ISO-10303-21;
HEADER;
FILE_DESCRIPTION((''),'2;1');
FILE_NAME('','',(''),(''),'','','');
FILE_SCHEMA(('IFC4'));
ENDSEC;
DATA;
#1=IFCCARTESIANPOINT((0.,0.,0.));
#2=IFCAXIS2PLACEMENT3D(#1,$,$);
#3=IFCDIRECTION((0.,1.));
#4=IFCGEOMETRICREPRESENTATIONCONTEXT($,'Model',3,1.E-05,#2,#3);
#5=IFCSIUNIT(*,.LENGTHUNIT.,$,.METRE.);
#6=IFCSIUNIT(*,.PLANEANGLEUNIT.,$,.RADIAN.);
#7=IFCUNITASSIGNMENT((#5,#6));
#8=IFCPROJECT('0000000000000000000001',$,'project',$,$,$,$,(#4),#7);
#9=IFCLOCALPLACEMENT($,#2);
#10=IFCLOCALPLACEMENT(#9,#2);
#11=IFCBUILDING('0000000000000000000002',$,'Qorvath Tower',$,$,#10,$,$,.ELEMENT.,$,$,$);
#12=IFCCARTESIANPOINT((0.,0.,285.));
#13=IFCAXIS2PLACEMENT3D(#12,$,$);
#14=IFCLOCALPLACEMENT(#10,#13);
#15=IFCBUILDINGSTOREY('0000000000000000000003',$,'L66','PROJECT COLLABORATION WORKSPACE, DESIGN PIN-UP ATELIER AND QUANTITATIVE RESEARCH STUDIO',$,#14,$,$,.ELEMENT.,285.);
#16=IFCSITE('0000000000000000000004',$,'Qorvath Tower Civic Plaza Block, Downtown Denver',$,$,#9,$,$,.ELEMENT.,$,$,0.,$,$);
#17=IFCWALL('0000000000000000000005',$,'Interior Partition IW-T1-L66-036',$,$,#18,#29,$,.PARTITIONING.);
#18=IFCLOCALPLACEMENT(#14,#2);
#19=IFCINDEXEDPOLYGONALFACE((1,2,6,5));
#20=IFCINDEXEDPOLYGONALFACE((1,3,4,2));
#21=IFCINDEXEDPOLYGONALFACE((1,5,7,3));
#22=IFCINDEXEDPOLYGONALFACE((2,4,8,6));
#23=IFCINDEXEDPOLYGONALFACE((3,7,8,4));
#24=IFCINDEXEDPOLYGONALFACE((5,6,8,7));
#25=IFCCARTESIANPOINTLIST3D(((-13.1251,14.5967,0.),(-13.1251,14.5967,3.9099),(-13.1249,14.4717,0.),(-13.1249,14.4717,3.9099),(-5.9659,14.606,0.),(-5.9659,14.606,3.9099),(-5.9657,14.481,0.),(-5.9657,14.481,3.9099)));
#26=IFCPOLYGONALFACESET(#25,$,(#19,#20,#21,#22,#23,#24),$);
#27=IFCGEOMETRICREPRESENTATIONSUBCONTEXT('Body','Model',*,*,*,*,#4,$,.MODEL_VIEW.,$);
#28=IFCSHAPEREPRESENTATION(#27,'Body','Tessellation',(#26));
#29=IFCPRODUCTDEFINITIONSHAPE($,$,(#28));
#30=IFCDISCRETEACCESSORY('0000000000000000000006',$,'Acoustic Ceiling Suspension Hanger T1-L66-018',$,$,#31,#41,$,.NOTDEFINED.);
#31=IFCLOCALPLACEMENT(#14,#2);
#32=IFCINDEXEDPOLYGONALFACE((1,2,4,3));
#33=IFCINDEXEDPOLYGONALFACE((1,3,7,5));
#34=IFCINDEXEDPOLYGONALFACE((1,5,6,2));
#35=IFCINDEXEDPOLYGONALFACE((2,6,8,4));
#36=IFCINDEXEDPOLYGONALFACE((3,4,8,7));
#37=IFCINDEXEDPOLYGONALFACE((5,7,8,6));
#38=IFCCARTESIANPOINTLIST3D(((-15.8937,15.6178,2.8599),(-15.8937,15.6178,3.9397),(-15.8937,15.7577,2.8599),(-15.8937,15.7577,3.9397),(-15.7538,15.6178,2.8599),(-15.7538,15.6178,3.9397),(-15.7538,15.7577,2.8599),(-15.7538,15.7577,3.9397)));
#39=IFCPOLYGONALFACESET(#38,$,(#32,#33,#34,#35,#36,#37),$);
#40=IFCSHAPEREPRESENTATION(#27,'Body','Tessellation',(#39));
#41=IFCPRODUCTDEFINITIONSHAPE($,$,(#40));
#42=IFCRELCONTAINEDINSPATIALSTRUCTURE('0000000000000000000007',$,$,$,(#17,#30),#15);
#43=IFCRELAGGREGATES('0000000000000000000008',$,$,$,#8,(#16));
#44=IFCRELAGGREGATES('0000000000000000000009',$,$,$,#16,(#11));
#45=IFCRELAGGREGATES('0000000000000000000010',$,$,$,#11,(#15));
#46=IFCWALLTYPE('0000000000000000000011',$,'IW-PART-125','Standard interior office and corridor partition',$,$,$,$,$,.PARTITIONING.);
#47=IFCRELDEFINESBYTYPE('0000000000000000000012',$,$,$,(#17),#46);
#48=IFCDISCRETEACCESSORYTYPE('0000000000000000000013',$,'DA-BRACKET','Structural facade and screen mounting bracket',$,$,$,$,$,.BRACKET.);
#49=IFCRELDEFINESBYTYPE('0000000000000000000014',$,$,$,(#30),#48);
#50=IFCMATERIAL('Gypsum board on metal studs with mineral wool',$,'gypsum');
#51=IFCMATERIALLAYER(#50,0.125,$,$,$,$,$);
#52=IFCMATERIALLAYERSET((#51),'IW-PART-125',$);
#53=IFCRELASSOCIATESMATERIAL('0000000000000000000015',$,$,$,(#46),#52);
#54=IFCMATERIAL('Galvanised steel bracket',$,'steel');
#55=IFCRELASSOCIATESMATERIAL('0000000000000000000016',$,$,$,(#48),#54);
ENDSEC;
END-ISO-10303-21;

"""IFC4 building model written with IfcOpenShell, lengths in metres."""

from ifc_helpers import new_model, si_unit, direction, frame, frame_2d, origin, origin_2d, place, context, subcontext, project, spatial, rectangle, extrude, material, layer, layer_set, type_object, element, save


model = new_model("IFC4")

# Units and contexts
model_context = context("Model", 3, precision=1e-05, world=origin(), true_north=direction((0.0, 1.0)))
body_context = subcontext(model_context, "Body", "Model", "MODEL_VIEW")
ifc_project = project(units=[si_unit("LENGTHUNIT", "METRE"), si_unit("PLANEANGLEUNIT", "RADIAN")], contexts=[model_context])

# Site, building, storey
site_placement = place(None, origin())
site = spatial("IfcSite", under=ifc_project, at=site_placement, Name="Qorvath Tower Civic Plaza Block, Downtown Denver", CompositionType="ELEMENT", RefElevation=0.0)
building_placement = place(site_placement, origin())
building = spatial("IfcBuilding", under=site, at=building_placement, Name="Qorvath Tower", CompositionType="ELEMENT")
storey_placement = place(building_placement, frame((0.0, 0.0, 285.0)))
storey = spatial("IfcBuildingStorey", under=building, at=storey_placement, Name="L66", Description="PROJECT COLLABORATION WORKSPACE, DESIGN PIN-UP ATELIER AND QUANTITATIVE RESEARCH STUDIO", CompositionType="ELEMENT", Elevation=285.0)

# Wall
ifc_material_1 = material(Name="Gypsum board on metal studs with mineral wool", Category="gypsum")
ifc_layer_1 = layer(ifc_material_1, 0.125)
ifc_layer_set_1 = layer_set([ifc_layer_1], Name="IW-PART-125")
wall_type = type_object("IfcWallType", Name="IW-PART-125", Description="Standard interior office and corridor partition", PredefinedType="PARTITIONING", material=ifc_layer_set_1)
wall_placement = place(storey_placement, frame((-13.125, 14.5342, 0.0), z_axis=(0.0, 0.0, 1.0), x_axis=(0.999999, 0.001296, 0.0)))
element("IfcWall", 1, at=wall_placement, inside=storey, type_object=wall_type, Name="Interior Partition IW-T1-L66-036", PredefinedType="PARTITIONING", context=body_context, shape_type="SweptSolid", body=[
    extrude(rectangle(XDim=7.1592, YDim=0.125, at=frame_2d((3.5796, 0.0))), origin(), (0.0, 0.0, 1.0), 3.9099),
])

# Discrete accessory
ifc_material_2 = material(Name="Galvanised steel bracket", Category="steel")
discrete_accessory_type = type_object("IfcDiscreteAccessoryType", Name="DA-BRACKET", Description="Structural facade and screen mounting bracket", PredefinedType="BRACKET", material=ifc_material_2)
discrete_accessory_placement = place(storey_placement, frame((-15.8237, 15.6877, 2.8599), z_axis=(0.0, 0.0, 1.0), x_axis=(1.0, 0.0, 0.0)))
element("IfcDiscreteAccessory", 2, at=discrete_accessory_placement, inside=storey, type_object=discrete_accessory_type, Name="Acoustic Ceiling Suspension Hanger T1-L66-018", PredefinedType="NOTDEFINED", context=body_context, shape_type="SweptSolid", body=[
    extrude(rectangle(XDim=0.1399, YDim=0.1399, at=origin_2d()), origin(), (0.0, 0.0, 1.0), 1.0798),
])

save(model, "model.ifc")
